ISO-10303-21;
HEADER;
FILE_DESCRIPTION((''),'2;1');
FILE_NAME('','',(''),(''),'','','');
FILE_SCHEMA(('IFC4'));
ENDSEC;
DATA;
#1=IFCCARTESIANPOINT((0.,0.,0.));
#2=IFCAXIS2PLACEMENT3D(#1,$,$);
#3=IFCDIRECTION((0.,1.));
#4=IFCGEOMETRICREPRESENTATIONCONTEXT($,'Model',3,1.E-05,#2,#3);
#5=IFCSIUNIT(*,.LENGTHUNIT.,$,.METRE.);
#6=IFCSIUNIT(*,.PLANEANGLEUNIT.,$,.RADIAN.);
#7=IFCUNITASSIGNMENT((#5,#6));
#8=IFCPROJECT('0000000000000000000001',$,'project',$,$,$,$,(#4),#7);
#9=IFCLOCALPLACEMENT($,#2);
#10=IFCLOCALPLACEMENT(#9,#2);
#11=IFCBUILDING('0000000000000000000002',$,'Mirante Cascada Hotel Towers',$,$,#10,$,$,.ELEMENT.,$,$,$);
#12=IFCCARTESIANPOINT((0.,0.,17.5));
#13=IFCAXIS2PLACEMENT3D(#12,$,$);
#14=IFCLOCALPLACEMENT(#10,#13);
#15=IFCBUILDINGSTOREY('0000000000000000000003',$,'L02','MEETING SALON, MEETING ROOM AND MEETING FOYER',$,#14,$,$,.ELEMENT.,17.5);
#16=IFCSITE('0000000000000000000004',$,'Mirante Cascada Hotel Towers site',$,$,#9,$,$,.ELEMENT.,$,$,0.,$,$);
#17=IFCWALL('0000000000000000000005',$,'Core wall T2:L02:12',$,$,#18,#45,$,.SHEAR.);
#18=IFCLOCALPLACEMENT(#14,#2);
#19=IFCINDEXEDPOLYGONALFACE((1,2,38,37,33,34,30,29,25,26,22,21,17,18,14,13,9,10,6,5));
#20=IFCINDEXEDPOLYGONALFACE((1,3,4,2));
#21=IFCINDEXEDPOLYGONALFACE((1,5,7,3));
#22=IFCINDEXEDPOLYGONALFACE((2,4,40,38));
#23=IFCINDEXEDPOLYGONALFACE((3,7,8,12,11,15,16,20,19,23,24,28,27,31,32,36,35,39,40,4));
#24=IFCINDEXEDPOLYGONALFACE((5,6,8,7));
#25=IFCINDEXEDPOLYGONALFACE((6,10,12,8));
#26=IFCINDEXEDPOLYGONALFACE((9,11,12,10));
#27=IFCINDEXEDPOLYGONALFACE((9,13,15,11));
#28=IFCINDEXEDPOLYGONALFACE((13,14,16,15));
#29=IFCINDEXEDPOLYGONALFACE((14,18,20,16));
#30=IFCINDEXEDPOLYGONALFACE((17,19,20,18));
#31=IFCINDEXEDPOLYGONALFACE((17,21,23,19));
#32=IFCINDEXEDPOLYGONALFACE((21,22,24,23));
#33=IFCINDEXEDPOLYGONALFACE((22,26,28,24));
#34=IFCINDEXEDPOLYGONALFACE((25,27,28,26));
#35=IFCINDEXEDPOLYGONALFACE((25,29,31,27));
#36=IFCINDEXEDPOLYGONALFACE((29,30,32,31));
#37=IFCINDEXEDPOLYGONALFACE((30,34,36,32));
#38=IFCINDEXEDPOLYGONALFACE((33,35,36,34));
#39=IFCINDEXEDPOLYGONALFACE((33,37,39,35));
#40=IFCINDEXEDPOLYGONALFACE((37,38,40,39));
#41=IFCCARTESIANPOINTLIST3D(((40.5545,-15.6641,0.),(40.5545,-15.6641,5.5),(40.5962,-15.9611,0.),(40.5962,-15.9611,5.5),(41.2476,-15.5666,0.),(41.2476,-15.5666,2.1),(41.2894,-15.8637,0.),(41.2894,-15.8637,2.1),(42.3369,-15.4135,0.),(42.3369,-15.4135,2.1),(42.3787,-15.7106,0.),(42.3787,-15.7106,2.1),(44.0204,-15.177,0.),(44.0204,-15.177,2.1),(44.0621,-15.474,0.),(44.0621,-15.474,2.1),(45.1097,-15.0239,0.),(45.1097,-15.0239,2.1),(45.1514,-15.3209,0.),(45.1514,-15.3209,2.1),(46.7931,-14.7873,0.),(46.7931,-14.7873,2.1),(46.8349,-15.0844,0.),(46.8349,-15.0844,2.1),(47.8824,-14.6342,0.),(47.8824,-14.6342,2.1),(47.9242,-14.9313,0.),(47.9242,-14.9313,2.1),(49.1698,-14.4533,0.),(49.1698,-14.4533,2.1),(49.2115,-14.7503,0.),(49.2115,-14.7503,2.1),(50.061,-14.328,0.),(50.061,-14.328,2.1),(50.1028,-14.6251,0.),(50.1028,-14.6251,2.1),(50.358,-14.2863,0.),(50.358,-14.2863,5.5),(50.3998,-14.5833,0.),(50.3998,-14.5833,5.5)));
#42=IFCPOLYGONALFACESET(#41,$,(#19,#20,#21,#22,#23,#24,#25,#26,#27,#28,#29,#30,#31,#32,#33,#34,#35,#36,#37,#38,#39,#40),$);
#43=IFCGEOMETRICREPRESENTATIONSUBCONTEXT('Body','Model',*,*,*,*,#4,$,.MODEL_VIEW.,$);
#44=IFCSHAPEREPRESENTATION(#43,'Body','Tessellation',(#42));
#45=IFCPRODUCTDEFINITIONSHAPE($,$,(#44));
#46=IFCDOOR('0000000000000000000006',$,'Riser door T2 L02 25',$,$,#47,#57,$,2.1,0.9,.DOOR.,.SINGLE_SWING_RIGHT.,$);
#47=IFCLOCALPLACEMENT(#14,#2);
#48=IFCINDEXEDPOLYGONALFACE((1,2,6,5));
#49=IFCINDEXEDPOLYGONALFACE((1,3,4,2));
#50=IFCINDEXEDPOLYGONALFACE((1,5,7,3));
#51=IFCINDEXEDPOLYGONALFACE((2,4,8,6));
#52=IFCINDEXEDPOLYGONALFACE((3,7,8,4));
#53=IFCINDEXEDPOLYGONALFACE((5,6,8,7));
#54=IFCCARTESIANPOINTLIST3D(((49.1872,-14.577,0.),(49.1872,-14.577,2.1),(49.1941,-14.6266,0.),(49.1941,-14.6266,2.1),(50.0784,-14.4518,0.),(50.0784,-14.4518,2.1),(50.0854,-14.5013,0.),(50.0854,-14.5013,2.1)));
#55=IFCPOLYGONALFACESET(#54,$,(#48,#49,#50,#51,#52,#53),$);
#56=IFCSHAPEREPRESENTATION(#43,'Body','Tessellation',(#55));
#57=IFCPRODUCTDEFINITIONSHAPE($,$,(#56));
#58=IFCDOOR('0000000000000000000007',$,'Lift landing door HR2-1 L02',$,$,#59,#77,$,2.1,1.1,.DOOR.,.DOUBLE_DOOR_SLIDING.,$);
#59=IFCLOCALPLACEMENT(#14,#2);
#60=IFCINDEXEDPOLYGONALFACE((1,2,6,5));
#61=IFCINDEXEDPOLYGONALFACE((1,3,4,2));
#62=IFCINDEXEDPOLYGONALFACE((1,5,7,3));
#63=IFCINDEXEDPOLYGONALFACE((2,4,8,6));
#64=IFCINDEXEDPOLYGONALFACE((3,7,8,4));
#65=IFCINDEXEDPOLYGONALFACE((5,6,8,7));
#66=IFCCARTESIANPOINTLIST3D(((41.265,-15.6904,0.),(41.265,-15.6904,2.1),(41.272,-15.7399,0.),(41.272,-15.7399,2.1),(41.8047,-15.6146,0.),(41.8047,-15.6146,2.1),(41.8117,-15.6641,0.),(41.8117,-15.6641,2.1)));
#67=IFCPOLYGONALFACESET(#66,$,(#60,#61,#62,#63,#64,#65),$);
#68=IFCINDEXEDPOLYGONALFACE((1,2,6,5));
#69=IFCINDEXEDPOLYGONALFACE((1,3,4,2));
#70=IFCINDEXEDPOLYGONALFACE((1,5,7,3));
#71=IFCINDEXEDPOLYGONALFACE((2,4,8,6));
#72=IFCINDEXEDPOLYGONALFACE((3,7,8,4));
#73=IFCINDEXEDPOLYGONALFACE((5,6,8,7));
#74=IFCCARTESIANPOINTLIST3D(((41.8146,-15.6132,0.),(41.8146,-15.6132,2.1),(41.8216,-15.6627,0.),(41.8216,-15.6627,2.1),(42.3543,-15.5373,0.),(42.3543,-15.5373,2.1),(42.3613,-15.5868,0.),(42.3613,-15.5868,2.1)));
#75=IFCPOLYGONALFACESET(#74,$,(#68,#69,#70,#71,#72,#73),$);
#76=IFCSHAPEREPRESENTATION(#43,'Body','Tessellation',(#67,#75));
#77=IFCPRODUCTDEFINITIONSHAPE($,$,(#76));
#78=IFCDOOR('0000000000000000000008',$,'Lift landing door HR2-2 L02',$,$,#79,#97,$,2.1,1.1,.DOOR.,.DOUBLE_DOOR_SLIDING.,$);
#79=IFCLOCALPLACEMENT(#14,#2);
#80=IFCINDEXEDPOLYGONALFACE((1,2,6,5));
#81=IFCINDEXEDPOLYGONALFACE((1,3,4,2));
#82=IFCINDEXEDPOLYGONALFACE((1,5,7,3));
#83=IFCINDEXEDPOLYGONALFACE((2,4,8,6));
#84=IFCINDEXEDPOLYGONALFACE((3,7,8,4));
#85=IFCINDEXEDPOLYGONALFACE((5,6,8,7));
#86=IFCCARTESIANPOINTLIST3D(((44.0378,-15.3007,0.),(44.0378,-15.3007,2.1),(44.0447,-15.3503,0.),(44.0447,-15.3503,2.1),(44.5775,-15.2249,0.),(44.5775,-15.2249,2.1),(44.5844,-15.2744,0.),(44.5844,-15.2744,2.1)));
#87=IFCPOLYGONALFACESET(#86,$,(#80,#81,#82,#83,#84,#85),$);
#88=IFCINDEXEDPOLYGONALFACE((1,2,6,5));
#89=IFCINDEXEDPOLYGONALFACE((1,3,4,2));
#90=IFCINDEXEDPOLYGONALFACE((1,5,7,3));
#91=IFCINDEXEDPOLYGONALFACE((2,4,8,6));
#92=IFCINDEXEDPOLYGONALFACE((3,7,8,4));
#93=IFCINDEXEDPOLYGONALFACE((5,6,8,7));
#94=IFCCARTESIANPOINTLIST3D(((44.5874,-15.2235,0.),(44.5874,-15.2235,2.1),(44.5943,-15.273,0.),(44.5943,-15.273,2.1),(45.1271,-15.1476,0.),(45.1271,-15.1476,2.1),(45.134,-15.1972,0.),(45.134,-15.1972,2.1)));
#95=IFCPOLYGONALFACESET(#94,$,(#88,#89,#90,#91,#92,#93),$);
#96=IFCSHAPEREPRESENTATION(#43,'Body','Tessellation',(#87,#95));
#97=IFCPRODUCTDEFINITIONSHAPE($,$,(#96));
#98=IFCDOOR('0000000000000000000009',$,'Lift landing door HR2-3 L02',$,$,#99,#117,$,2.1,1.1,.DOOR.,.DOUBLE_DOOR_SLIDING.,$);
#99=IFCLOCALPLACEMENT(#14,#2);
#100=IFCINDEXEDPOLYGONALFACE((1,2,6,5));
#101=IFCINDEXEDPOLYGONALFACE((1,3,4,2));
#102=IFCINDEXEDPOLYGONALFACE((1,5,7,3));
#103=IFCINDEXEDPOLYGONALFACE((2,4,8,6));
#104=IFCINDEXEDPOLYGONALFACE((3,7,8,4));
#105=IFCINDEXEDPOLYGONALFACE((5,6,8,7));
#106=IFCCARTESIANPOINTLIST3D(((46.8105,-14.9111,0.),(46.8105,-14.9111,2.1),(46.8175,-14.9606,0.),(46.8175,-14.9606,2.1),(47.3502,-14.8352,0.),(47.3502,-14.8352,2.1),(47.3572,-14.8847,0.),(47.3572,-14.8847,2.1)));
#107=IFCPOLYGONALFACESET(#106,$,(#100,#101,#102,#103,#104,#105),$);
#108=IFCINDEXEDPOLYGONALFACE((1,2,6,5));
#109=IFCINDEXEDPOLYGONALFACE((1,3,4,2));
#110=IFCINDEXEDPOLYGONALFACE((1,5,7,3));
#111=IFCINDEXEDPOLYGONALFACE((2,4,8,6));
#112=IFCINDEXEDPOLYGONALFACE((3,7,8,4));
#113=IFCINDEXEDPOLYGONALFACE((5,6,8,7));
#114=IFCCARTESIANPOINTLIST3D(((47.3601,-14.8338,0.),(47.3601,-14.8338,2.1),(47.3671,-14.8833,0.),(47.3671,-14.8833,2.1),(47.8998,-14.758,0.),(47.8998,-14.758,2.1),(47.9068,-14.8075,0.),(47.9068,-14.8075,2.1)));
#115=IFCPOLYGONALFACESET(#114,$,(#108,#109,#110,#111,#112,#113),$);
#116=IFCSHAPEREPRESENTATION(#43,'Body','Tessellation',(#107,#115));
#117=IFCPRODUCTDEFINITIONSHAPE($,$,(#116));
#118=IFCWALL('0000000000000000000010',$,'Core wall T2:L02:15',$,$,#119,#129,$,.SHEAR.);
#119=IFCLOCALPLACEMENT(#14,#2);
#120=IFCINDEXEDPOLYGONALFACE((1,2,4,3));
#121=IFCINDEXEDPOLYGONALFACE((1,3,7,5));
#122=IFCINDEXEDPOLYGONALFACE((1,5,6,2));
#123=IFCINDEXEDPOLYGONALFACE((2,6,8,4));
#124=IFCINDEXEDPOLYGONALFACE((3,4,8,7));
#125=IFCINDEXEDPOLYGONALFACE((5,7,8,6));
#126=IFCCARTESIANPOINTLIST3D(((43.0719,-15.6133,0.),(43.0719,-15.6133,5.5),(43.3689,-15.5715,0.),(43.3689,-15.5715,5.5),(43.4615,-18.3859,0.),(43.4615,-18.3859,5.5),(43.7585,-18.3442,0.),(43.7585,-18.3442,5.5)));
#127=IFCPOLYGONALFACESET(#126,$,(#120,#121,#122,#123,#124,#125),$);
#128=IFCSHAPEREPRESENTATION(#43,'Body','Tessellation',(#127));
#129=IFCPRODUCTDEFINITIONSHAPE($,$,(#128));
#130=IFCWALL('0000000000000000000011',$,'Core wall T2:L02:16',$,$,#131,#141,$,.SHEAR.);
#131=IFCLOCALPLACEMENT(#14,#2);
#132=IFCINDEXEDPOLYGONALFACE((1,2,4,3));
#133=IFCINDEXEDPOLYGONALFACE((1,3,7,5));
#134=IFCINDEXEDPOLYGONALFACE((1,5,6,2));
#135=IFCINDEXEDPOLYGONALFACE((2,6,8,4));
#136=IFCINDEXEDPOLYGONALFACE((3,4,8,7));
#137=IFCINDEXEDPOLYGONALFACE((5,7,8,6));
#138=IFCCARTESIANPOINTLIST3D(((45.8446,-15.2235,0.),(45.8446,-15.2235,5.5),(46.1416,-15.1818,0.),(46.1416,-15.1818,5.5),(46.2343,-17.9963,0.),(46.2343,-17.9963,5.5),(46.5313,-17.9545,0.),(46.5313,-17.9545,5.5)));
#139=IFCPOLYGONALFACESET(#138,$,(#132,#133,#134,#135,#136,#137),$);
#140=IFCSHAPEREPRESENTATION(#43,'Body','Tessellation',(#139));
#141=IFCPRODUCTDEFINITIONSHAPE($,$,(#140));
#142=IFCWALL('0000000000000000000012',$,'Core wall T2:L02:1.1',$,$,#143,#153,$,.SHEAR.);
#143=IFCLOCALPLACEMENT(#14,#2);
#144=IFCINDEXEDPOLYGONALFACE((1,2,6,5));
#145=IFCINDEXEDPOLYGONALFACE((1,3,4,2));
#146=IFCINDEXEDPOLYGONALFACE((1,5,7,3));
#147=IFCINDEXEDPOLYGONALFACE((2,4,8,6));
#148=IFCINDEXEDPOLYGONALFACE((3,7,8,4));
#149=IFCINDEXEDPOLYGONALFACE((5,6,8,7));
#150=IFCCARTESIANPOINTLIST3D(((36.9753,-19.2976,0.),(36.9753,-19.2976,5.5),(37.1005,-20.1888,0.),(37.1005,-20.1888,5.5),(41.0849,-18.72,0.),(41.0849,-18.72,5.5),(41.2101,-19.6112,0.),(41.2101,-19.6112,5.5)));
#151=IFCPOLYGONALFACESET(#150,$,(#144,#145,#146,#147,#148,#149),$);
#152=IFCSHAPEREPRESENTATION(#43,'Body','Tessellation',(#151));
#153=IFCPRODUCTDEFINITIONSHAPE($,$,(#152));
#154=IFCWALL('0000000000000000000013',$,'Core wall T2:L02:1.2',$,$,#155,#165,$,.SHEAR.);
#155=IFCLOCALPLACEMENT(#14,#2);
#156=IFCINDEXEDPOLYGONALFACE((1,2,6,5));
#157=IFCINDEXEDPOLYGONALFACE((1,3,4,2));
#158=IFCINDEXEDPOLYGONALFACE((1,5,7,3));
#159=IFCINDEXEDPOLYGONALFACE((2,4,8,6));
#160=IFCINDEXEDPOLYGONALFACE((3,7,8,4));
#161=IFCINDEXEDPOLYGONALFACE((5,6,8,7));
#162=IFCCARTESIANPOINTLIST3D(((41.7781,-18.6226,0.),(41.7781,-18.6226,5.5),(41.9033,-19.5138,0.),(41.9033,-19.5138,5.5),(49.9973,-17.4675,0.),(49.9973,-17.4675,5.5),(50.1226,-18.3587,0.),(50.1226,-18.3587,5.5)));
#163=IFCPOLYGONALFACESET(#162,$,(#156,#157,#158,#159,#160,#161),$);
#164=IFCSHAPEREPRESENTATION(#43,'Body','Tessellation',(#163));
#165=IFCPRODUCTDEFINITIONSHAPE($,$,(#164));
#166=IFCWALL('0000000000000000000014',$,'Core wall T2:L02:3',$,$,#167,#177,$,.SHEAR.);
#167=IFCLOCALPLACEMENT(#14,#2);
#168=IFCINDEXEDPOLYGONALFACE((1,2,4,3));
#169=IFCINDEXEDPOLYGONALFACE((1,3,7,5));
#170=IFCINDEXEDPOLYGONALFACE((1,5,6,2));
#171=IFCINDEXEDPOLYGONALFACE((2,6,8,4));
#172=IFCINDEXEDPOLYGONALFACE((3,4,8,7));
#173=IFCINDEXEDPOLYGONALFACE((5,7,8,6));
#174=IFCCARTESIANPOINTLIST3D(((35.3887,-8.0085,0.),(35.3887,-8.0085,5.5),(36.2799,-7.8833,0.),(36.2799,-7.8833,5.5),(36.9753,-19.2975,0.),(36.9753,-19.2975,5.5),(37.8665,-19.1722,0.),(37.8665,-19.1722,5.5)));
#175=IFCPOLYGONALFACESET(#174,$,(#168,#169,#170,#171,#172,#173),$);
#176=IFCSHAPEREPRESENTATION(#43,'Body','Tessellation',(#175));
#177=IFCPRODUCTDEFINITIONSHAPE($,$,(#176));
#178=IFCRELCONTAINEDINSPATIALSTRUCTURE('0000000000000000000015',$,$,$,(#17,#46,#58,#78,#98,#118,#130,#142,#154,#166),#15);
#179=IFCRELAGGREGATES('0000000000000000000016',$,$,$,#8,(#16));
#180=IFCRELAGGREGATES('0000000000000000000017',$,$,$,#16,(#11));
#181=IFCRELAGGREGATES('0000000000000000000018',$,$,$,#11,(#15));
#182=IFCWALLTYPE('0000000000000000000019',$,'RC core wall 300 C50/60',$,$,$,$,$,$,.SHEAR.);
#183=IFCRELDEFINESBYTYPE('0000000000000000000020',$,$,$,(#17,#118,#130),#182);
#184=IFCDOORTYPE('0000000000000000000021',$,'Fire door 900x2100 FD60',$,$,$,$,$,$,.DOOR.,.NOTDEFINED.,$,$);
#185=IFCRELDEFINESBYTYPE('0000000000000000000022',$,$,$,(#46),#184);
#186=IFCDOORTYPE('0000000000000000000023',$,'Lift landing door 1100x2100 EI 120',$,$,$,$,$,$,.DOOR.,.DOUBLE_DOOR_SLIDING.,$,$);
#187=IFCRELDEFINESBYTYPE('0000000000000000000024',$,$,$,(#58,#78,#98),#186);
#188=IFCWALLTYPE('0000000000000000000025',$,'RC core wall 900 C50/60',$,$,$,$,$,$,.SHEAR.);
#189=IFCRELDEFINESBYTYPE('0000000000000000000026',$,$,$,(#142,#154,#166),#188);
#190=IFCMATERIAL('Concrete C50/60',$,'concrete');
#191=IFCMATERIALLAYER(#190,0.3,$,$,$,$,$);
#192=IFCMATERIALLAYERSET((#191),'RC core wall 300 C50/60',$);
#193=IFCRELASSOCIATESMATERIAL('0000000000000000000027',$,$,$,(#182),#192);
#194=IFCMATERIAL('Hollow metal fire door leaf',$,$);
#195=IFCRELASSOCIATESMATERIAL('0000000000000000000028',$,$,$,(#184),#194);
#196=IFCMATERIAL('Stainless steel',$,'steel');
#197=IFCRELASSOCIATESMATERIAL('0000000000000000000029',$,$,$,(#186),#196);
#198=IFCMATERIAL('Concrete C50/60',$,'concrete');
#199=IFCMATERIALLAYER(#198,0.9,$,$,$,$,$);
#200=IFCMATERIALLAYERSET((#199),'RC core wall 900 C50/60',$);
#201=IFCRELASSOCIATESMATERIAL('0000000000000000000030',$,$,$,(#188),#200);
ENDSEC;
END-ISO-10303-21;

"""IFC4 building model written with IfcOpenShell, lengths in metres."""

from ifc_helpers import new_model, si_unit, direction, frame, frame_2d, origin, place, context, subcontext, project, spatial, rectangle, extrude, material, layer, layer_set, type_object, element, fill, save


model = new_model("IFC4")

# Units and contexts
model_context = context("Model", 3, precision=1e-05, world=origin(), true_north=direction((0.0, 1.0)))
body_context = subcontext(model_context, "Body", "Model", "MODEL_VIEW")
ifc_project = project(units=[si_unit("LENGTHUNIT", "METRE"), si_unit("PLANEANGLEUNIT", "RADIAN")], contexts=[model_context])

# Site, building, storey
site_placement = place(None, origin())
site = spatial("IfcSite", under=ifc_project, at=site_placement, Name="Mirante Cascada Hotel Towers site", CompositionType="ELEMENT", RefElevation=0.0)
building_placement = place(site_placement, origin())
building = spatial("IfcBuilding", under=site, at=building_placement, Name="Mirante Cascada Hotel Towers", CompositionType="ELEMENT")
storey_placement = place(building_placement, frame((0.0, 0.0, 17.5)))
storey = spatial("IfcBuildingStorey", under=building, at=storey_placement, Name="L02", Description="MEETING SALON, MEETING ROOM AND MEETING FOYER", CompositionType="ELEMENT", Elevation=17.5)

# Shared definitions
ifc_material_1 = material(Name="Concrete C50/60", Category="concrete")
ifc_layer_1 = layer(ifc_material_1, 0.3)
ifc_layer_set_1 = layer_set([ifc_layer_1], Name="RC core wall 300 C50/60")
wall_type_1 = type_object("IfcWallType", Name="RC core wall 300 C50/60", PredefinedType="SHEAR", material=ifc_layer_set_1)

# Wall, openings, doors
wall_1_placement = place(storey_placement, frame((40.5753, -15.8126, 0.0), z_axis=(0.0, 0.0, 1.0), x_axis=(0.990268, 0.139173, 0.0)))
wall_1 = element("IfcWall", 1, at=wall_1_placement, inside=storey, type_object=wall_type_1, Name="Core wall T2:L02:12", PredefinedType="SHEAR", context=body_context, shape_type="SweptSolid", body=[
    extrude(rectangle(XDim=9.8999, YDim=0.3, at=frame_2d((4.95, 0.0))), origin(), (0.0, 0.0, 1.0), 5.5),
])
opening_1_placement = place(wall_1_placement, frame((0.7, 0.0, 0.0)))
opening_1 = element("IfcOpeningElement", 2, at=opening_1_placement, cuts=wall_1, PredefinedType="OPENING", context=body_context, shape_type="SweptSolid", body=[
    extrude(rectangle(XDim=1.1, YDim=2.1, at=frame_2d((0.55, 1.05))), frame((0.0, 0.15, 0.0), z_axis=(0.0, -1.0, 0.0), x_axis=(1.0, 0.0, 0.0)), (0.0, 0.0, 1.0), 0.3),
])
opening_2_placement = place(wall_1_placement, frame((3.5, 0.0, 0.0)))
opening_2 = element("IfcOpeningElement", 3, at=opening_2_placement, cuts=wall_1, PredefinedType="OPENING", context=body_context, shape_type="SweptSolid", body=[
    extrude(rectangle(XDim=1.1, YDim=2.1, at=frame_2d((0.55, 1.05))), frame((0.0, 0.15, 0.0), z_axis=(0.0, -1.0, 0.0), x_axis=(1.0, 0.0, 0.0)), (0.0, 0.0, 1.0), 0.3),
])
opening_3_placement = place(wall_1_placement, frame((6.3, 0.0, 0.0)))
opening_3 = element("IfcOpeningElement", 4, at=opening_3_placement, cuts=wall_1, PredefinedType="OPENING", context=body_context, shape_type="SweptSolid", body=[
    extrude(rectangle(XDim=1.1, YDim=2.1, at=frame_2d((0.55, 1.05))), frame((0.0, 0.15, 0.0), z_axis=(0.0, -1.0, 0.0), x_axis=(1.0, 0.0, 0.0)), (0.0, 0.0, 1.0), 0.3),
])
opening_4_placement = place(wall_1_placement, frame((8.7, 0.0, 0.0)))
opening_4 = element("IfcOpeningElement", 5, at=opening_4_placement, cuts=wall_1, PredefinedType="OPENING", context=body_context, shape_type="SweptSolid", body=[
    extrude(rectangle(XDim=0.9, YDim=2.1, at=frame_2d((0.45, 1.05))), frame((0.0, 0.15, 0.0), z_axis=(0.0, -1.0, 0.0), x_axis=(1.0, 0.0, 0.0)), (0.0, 0.0, 1.0), 0.3),
])
ifc_material_2 = material(Name="Hollow metal fire door leaf")
door_type_1 = type_object("IfcDoorType", Name="Fire door 900x2100 FD60", OperationType="NOTDEFINED", PredefinedType="DOOR", material=ifc_material_2)
door_1_placement = place(opening_4_placement, frame((0.9, 0.0, 0.0), z_axis=(0.0, 0.0, 1.0), x_axis=(-1.0, 0.0, 0.0)))
door_1 = element("IfcDoor", 6, at=door_1_placement, inside=storey, type_object=door_type_1, Name="Riser door T2 L02 25", OperationType="SINGLE_SWING_RIGHT", OverallHeight=2.1, OverallWidth=0.9, PredefinedType="DOOR", context=body_context, shape_type="SweptSolid", body=[
    extrude(rectangle(XDim=0.9, YDim=2.1, at=frame_2d((0.45, 1.05))), frame((0.0, 0.025, 0.0), z_axis=(0.0, -1.0, 0.0), x_axis=(1.0, 0.0, 0.0)), (0.0, 0.0, 1.0), 0.05),
])
fill(opening_4, door_1)
ifc_material_3 = material(Name="Stainless steel", Category="steel")
door_type_2 = type_object("IfcDoorType", Name="Lift landing door 1100x2100 EI 120", OperationType="DOUBLE_DOOR_SLIDING", PredefinedType="DOOR", material=ifc_material_3)
door_2_placement = place(opening_1_placement, origin())
door_2 = element("IfcDoor", 7, at=door_2_placement, inside=storey, type_object=door_type_2, Name="Lift landing door HR2-1 L02", OperationType="DOUBLE_DOOR_SLIDING", OverallHeight=2.1, OverallWidth=1.1, PredefinedType="DOOR", context=body_context, shape_type="SweptSolid", body=[
    extrude(rectangle(XDim=0.545, YDim=2.1, at=frame_2d((0.2725, 1.05))), frame((0.0, 0.025, 0.0), z_axis=(0.0, -1.0, 0.0), x_axis=(1.0, 0.0, 0.0)), (0.0, 0.0, 1.0), 0.05),
    extrude(rectangle(XDim=0.545, YDim=2.1, at=frame_2d((0.8275, 1.05))), frame((0.0, 0.025, 0.0), z_axis=(0.0, -1.0, 0.0), x_axis=(1.0, 0.0, 0.0)), (0.0, 0.0, 1.0), 0.05),
])
fill(opening_1, door_2)
door_3_placement = place(opening_2_placement, origin())
door_3 = element("IfcDoor", 8, at=door_3_placement, inside=storey, type_object=door_type_2, Name="Lift landing door HR2-2 L02", OperationType="DOUBLE_DOOR_SLIDING", OverallHeight=2.1, OverallWidth=1.1, PredefinedType="DOOR", context=body_context, shape_type="SweptSolid", body=[
    extrude(rectangle(XDim=0.545, YDim=2.1, at=frame_2d((0.2725, 1.05))), frame((0.0, 0.025, 0.0), z_axis=(0.0, -1.0, 0.0), x_axis=(1.0, 0.0, 0.0)), (0.0, 0.0, 1.0), 0.05),
    extrude(rectangle(XDim=0.545, YDim=2.1, at=frame_2d((0.8275, 1.05))), frame((0.0, 0.025, 0.0), z_axis=(0.0, -1.0, 0.0), x_axis=(1.0, 0.0, 0.0)), (0.0, 0.0, 1.0), 0.05),
])
fill(opening_2, door_3)
door_4_placement = place(opening_3_placement, origin())
door_4 = element("IfcDoor", 9, at=door_4_placement, inside=storey, type_object=door_type_2, Name="Lift landing door HR2-3 L02", OperationType="DOUBLE_DOOR_SLIDING", OverallHeight=2.1, OverallWidth=1.1, PredefinedType="DOOR", context=body_context, shape_type="SweptSolid", body=[
    extrude(rectangle(XDim=0.545, YDim=2.1, at=frame_2d((0.2725, 1.05))), frame((0.0, 0.025, 0.0), z_axis=(0.0, -1.0, 0.0), x_axis=(1.0, 0.0, 0.0)), (0.0, 0.0, 1.0), 0.05),
    extrude(rectangle(XDim=0.545, YDim=2.1, at=frame_2d((0.8275, 1.05))), frame((0.0, 0.025, 0.0), z_axis=(0.0, -1.0, 0.0), x_axis=(1.0, 0.0, 0.0)), (0.0, 0.0, 1.0), 0.05),
])
fill(opening_3, door_4)

# Walls
wall_2_placement = place(storey_placement, frame((43.61, -18.3651, 0.0), z_axis=(0.0, 0.0, 1.0), x_axis=(-0.139146, 0.990272, 0.0)))
element("IfcWall", 10, at=wall_2_placement, inside=storey, type_object=wall_type_1, Name="Core wall T2:L02:15", PredefinedType="SHEAR", context=body_context, shape_type="SweptSolid", body=[
    extrude(rectangle(XDim=2.7999, YDim=0.3, at=frame_2d((1.4, 0.0))), origin(), (0.0, 0.0, 1.0), 5.5),
])
wall_3_placement = place(storey_placement, frame((46.3828, -17.9754, 0.0), z_axis=(0.0, 0.0, 1.0), x_axis=(-0.139181, 0.990267, 0.0)))
element("IfcWall", 11, at=wall_3_placement, inside=storey, type_object=wall_type_1, Name="Core wall T2:L02:16", PredefinedType="SHEAR", context=body_context, shape_type="SweptSolid", body=[
    extrude(rectangle(XDim=2.8, YDim=0.3, at=frame_2d((1.4, 0.0))), origin(), (0.0, 0.0, 1.0), 5.5),
])
ifc_material_4 = material(Name="Concrete C50/60", Category="concrete")
ifc_layer_2 = layer(ifc_material_4, 0.9)
ifc_layer_set_2 = layer_set([ifc_layer_2], Name="RC core wall 900 C50/60")
wall_type_2 = type_object("IfcWallType", Name="RC core wall 900 C50/60", PredefinedType="SHEAR", material=ifc_layer_set_2)
wall_4_placement = place(storey_placement, frame((37.0379, -19.7432, 0.0), z_axis=(0.0, 0.0, 1.0), x_axis=(0.990267, 0.139181, 0.0)))
element("IfcWall", 12, at=wall_4_placement, inside=storey, type_object=wall_type_2, Name="Core wall T2:L02:1.1", PredefinedType="SHEAR", context=body_context, shape_type="SweptSolid", body=[
    extrude(rectangle(XDim=4.15, YDim=0.9, at=frame_2d((2.075, 0.0))), origin(), (0.0, 0.0, 1.0), 5.5),
])
wall_5_placement = place(storey_placement, frame((41.8407, -19.0682, 0.0), z_axis=(0.0, 0.0, 1.0), x_axis=(0.990269, 0.139169, 0.0)))
element("IfcWall", 13, at=wall_5_placement, inside=storey, type_object=wall_type_2, Name="Core wall T2:L02:1.2", PredefinedType="SHEAR", context=body_context, shape_type="SweptSolid", body=[
    extrude(rectangle(XDim=8.3, YDim=0.9, at=frame_2d((4.15, 0.0))), origin(), (0.0, 0.0, 1.0), 5.5),
])
wall_6_placement = place(storey_placement, frame((37.4209, -19.2349, 0.0), z_axis=(0.0, 0.0, 1.0), x_axis=(-0.139176, 0.990268, 0.0)))
element("IfcWall", 14, at=wall_6_placement, inside=storey, type_object=wall_type_2, Name="Core wall T2:L02:3", PredefinedType="SHEAR", context=body_context, shape_type="SweptSolid", body=[
    extrude(rectangle(XDim=11.3999, YDim=0.9, at=frame_2d((5.7, 0.0))), origin(), (0.0, 0.0, 1.0), 5.5),
])

save(model, "model.ifc")
